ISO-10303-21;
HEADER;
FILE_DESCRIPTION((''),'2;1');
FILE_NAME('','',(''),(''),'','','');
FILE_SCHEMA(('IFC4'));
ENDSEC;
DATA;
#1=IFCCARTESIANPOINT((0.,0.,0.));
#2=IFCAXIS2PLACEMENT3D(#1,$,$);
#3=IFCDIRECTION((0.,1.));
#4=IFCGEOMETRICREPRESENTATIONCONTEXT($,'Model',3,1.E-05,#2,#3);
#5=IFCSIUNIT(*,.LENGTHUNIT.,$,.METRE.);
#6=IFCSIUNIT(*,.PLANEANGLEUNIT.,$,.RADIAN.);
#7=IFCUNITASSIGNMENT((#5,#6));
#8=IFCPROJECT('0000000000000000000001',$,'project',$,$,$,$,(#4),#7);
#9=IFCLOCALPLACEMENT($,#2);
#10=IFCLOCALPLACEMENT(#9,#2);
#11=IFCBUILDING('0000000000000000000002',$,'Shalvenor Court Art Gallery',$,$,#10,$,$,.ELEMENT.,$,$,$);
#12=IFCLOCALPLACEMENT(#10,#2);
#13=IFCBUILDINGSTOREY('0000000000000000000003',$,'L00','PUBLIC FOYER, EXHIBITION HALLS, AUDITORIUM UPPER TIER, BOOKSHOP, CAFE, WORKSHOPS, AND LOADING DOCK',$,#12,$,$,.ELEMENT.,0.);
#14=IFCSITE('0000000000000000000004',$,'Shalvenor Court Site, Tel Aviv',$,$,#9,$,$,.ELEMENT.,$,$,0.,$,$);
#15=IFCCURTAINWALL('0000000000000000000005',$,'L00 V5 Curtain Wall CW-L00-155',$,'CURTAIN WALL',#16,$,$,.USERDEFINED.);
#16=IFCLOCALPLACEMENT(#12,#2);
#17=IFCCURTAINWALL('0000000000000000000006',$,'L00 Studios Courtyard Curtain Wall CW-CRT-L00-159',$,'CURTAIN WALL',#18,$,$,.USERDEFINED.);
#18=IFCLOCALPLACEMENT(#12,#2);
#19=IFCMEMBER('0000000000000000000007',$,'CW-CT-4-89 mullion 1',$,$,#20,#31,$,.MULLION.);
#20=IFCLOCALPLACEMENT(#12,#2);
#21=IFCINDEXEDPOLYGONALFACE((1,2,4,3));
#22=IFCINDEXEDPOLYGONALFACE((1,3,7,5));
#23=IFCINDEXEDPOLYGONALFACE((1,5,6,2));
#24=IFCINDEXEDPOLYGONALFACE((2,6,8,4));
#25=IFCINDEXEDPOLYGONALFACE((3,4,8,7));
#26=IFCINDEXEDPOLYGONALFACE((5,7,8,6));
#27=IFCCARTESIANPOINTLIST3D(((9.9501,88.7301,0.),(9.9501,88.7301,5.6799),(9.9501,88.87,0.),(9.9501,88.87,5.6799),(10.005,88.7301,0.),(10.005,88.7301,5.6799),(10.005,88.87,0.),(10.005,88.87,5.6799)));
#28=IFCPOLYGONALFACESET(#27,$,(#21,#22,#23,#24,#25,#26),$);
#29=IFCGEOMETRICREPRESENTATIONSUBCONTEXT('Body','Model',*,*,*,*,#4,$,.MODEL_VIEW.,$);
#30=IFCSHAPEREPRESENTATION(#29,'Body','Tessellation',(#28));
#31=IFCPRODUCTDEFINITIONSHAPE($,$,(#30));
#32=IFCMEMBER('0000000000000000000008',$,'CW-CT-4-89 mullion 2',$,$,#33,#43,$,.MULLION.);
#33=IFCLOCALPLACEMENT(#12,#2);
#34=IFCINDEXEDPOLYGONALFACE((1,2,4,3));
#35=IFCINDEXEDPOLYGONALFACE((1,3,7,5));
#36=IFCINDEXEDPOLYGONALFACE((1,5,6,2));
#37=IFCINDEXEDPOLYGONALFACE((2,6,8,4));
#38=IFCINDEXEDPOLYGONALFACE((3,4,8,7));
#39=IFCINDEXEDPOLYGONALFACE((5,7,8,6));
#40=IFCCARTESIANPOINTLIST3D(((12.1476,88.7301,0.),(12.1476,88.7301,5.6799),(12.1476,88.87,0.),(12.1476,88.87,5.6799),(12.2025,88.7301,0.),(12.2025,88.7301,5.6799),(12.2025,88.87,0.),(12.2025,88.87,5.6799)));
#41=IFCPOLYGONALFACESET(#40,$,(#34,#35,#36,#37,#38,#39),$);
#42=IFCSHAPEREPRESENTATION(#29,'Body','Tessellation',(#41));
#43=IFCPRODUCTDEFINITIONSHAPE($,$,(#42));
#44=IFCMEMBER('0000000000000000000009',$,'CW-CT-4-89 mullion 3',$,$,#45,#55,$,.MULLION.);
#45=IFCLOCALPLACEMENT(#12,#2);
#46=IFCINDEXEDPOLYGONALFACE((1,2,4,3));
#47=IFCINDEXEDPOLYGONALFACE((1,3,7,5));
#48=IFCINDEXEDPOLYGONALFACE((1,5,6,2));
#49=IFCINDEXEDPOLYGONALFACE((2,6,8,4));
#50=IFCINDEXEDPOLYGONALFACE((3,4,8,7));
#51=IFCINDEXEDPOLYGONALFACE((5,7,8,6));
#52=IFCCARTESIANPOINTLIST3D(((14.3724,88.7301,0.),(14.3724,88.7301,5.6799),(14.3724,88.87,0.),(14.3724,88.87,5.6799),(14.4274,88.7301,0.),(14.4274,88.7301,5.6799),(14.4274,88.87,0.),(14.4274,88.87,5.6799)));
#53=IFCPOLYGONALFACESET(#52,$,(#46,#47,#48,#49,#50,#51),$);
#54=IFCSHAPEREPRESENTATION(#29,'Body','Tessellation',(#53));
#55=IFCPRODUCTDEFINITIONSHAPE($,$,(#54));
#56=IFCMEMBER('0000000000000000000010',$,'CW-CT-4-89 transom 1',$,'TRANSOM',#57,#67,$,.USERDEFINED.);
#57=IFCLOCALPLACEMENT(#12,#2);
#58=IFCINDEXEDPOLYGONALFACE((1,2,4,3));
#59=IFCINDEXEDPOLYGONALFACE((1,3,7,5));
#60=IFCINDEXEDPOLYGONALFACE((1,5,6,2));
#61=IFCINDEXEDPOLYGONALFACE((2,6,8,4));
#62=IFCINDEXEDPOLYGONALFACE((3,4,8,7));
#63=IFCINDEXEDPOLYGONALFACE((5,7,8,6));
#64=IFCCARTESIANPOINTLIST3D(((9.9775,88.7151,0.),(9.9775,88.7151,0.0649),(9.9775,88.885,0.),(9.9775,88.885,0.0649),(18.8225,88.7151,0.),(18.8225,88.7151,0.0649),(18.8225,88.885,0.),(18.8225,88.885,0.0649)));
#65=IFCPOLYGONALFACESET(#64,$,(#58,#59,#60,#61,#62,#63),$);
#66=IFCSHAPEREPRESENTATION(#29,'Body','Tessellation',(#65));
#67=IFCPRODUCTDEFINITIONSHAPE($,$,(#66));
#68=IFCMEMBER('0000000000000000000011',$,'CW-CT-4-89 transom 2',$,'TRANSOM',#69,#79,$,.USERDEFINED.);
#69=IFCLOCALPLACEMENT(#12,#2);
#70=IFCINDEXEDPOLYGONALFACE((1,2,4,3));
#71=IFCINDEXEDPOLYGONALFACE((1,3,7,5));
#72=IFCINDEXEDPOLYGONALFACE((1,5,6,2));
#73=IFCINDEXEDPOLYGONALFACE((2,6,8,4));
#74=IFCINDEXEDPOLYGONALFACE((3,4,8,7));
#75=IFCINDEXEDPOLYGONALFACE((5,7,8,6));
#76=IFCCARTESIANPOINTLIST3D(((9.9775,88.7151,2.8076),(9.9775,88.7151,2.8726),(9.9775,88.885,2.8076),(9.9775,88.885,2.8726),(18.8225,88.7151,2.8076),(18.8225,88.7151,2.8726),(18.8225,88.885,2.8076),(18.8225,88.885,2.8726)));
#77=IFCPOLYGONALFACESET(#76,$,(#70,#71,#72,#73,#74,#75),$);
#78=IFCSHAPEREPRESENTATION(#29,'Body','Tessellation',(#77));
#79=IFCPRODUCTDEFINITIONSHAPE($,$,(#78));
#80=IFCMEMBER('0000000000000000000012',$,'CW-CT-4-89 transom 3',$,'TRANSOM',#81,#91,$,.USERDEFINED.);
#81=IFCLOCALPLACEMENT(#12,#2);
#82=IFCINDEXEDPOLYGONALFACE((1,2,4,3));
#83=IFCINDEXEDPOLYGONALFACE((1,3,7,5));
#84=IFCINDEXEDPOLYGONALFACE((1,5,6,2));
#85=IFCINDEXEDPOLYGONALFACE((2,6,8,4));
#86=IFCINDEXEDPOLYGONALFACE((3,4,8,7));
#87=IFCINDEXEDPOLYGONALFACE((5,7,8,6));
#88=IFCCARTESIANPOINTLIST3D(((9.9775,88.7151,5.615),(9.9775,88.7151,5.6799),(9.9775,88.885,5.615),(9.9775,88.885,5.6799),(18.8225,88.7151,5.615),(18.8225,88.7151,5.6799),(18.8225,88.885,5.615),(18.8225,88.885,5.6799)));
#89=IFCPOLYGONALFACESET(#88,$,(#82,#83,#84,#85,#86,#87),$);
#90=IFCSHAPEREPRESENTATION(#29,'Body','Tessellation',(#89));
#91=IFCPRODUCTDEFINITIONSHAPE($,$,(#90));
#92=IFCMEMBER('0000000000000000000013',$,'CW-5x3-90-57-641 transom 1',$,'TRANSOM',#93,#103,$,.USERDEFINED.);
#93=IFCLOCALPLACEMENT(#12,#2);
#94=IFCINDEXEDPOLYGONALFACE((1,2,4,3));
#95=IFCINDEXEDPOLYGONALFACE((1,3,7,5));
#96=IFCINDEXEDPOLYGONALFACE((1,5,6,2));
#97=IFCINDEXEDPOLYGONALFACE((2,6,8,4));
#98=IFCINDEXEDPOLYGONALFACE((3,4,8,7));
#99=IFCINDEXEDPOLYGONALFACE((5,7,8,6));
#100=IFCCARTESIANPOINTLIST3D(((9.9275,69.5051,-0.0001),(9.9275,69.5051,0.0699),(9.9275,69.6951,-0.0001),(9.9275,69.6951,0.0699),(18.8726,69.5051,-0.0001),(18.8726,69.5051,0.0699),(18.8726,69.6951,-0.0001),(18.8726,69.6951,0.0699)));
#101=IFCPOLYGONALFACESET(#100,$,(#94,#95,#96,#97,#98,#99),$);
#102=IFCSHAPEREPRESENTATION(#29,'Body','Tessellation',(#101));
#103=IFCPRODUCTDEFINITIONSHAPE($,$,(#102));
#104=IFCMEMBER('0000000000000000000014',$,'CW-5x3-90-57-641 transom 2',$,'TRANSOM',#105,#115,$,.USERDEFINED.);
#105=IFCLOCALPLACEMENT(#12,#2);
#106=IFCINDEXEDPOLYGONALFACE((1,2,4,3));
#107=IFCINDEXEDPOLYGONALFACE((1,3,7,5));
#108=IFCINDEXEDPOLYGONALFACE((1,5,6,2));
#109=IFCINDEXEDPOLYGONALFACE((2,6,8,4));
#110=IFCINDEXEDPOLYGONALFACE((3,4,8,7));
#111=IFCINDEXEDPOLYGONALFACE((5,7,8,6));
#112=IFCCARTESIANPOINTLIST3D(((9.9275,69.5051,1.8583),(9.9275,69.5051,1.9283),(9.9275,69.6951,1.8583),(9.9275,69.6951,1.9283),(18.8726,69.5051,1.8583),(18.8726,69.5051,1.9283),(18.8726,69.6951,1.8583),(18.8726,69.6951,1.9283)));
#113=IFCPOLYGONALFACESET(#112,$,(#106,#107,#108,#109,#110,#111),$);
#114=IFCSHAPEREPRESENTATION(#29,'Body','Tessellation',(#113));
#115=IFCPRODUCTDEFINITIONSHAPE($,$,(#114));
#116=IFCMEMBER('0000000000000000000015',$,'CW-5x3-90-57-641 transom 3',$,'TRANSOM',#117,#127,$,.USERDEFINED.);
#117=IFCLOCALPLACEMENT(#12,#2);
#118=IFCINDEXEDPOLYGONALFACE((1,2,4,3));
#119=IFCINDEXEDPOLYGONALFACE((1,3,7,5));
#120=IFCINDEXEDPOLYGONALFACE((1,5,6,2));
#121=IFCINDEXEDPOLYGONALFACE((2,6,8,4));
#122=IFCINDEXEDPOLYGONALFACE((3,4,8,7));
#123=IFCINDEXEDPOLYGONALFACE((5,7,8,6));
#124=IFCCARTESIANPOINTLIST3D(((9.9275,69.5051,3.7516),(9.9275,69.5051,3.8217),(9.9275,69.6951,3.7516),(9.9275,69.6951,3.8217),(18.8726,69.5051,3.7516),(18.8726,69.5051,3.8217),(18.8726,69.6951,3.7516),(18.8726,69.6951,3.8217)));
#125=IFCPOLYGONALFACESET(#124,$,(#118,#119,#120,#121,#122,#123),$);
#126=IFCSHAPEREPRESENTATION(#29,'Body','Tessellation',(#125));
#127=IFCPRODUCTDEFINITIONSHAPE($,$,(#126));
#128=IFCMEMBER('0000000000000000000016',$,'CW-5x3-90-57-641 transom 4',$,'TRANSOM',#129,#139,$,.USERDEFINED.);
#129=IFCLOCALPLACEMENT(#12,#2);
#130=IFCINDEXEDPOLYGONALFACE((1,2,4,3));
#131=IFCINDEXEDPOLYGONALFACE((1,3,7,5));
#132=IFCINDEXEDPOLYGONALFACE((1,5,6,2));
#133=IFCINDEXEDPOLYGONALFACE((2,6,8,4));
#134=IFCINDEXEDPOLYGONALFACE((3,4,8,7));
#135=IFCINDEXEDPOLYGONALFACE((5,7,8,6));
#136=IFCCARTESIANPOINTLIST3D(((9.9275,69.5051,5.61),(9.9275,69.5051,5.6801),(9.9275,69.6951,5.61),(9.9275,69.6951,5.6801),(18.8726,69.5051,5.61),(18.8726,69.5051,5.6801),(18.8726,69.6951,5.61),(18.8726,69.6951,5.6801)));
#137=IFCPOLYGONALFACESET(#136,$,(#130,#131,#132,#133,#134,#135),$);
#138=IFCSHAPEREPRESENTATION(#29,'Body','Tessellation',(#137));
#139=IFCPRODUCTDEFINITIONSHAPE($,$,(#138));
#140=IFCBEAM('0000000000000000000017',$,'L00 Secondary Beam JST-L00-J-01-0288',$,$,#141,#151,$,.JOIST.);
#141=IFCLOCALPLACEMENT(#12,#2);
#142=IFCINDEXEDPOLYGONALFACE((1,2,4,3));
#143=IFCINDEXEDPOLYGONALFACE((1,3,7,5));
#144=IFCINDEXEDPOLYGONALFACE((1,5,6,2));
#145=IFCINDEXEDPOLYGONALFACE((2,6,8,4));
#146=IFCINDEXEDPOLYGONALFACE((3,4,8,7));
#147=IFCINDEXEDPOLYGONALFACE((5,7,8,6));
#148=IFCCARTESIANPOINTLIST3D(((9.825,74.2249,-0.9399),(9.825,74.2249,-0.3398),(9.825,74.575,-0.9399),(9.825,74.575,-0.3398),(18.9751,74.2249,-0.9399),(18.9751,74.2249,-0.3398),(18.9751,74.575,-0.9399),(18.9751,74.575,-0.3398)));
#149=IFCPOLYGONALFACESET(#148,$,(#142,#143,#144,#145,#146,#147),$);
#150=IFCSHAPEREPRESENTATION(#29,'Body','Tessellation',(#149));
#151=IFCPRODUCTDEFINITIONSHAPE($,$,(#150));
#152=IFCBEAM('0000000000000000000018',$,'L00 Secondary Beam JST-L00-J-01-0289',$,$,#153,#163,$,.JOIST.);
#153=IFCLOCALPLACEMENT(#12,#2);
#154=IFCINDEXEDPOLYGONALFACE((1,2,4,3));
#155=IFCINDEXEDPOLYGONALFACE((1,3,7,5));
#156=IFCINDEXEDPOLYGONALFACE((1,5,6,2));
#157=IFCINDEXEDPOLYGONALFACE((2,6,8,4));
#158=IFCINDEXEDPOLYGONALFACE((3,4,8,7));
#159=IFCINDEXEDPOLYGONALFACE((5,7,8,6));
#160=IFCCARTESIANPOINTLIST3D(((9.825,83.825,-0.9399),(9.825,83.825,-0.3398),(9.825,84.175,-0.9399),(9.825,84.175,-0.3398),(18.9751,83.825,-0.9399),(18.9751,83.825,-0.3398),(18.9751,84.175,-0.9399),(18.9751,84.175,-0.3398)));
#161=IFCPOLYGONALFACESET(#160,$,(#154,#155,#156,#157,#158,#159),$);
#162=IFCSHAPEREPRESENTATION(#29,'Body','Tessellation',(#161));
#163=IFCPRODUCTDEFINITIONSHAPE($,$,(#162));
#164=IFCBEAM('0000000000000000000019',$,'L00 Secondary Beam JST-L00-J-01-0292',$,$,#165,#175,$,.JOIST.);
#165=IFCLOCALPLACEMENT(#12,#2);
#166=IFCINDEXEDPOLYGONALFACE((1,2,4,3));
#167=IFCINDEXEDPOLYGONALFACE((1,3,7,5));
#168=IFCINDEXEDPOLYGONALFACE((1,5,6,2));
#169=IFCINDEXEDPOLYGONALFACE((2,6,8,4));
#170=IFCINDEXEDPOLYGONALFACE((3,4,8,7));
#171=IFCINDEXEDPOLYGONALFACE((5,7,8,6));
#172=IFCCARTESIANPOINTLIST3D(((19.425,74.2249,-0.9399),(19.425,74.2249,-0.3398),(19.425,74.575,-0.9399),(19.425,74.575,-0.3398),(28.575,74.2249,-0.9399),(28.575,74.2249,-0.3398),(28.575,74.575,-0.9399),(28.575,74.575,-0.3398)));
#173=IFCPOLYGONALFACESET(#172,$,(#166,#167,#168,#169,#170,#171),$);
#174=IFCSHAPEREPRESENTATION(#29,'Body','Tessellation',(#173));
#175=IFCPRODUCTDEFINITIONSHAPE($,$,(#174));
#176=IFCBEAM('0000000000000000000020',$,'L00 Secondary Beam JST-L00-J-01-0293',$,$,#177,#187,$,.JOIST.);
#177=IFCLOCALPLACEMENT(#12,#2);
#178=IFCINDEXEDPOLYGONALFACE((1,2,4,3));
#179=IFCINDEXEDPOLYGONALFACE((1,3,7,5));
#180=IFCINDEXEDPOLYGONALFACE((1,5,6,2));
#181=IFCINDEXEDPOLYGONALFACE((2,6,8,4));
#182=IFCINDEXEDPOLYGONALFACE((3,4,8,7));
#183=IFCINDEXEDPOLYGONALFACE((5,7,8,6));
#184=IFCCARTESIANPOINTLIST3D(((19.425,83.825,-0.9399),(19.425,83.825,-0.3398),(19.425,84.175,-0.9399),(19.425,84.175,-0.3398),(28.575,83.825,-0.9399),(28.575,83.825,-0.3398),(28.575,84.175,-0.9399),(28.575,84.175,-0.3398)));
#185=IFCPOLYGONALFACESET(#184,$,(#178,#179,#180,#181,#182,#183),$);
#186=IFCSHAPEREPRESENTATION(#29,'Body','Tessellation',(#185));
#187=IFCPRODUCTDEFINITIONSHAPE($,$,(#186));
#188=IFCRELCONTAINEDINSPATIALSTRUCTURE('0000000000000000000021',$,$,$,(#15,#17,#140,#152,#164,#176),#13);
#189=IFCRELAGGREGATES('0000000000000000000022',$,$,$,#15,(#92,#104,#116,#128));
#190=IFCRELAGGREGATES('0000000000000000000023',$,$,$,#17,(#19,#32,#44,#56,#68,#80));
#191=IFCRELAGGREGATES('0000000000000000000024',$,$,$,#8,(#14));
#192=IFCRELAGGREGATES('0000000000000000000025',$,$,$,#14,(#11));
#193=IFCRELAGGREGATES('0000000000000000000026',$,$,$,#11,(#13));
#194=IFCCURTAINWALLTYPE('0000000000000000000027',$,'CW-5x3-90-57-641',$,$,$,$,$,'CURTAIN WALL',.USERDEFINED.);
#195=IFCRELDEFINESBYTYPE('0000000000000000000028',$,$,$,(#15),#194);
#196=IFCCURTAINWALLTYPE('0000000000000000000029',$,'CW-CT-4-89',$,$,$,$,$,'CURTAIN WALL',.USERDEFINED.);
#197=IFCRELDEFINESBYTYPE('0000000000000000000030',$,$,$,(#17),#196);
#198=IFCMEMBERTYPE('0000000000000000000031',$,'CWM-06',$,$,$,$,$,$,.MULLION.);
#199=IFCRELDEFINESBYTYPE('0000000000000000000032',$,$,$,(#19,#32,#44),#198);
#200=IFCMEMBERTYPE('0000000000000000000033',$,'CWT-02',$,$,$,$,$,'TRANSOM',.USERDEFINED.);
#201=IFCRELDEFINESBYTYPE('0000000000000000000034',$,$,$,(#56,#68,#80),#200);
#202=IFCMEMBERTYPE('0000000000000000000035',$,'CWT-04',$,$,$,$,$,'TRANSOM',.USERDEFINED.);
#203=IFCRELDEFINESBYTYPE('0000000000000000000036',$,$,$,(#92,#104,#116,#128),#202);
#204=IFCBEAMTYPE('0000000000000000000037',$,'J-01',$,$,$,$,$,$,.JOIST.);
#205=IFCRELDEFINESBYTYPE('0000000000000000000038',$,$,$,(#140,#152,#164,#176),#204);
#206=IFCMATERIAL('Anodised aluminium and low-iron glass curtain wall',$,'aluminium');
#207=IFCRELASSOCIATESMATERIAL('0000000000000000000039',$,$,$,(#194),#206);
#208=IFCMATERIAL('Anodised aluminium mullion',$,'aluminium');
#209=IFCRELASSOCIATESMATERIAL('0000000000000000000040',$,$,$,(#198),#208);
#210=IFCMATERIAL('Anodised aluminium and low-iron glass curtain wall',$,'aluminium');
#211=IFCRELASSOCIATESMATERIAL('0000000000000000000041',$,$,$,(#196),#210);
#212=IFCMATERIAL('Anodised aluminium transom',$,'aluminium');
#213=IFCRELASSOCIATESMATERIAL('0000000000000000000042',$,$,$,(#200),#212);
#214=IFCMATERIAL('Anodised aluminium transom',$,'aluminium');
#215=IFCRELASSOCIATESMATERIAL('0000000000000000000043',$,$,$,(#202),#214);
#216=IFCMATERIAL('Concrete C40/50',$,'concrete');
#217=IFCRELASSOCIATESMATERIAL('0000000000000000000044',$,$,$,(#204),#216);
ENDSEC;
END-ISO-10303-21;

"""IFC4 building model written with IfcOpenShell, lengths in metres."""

from ifc_helpers import new_model, si_unit, direction, frame, origin, origin_2d, place, context, subcontext, project, spatial, rectangle, extrude, material, material_profile, profile_set, type_object, element, aggregate, save


model = new_model("IFC4")

# Units and contexts
model_context = context("Model", 3, precision=1e-05, world=origin(), true_north=direction((0.0, 1.0)))
body_context = subcontext(model_context, "Body", "Model", "MODEL_VIEW")
ifc_project = project(units=[si_unit("LENGTHUNIT", "METRE"), si_unit("PLANEANGLEUNIT", "RADIAN")], contexts=[model_context])

# Site, building, storey
site_placement = place(None, origin())
site = spatial("IfcSite", under=ifc_project, at=site_placement, Name="Shalvenor Court Site, Tel Aviv", CompositionType="ELEMENT", RefElevation=0.0)
building_placement = place(site_placement, origin())
building = spatial("IfcBuilding", under=site, at=building_placement, Name="Shalvenor Court Art Gallery", CompositionType="ELEMENT")
storey_placement = place(building_placement, origin())
storey = spatial("IfcBuildingStorey", under=building, at=storey_placement, Name="L00", Description="PUBLIC FOYER, EXHIBITION HALLS, AUDITORIUM UPPER TIER, BOOKSHOP, CAFE, WORKSHOPS, AND LOADING DOCK", CompositionType="ELEMENT", Elevation=0.0)

# Curtain wall
ifc_material_1 = material(Name="Anodised aluminium and low-iron glass curtain wall", Category="aluminium")
curtain_wall_type_1 = type_object("IfcCurtainWallType", Name="CW-5x3-90-57-641", ElementType="CURTAIN WALL", PredefinedType="USERDEFINED", material=ifc_material_1)
curtain_wall_1_placement = place(storey_placement, origin())
curtain_wall_1 = element("IfcCurtainWall", 1, at=curtain_wall_1_placement, inside=storey, type_object=curtain_wall_type_1, Name="L00 V5 Curtain Wall CW-L00-155", ObjectType="CURTAIN WALL", PredefinedType="USERDEFINED")
ifc_material_2 = material(Name="Anodised aluminium mullion", Category="aluminium")
ifc_material_profile_1 = material_profile(ifc_material_2, rectangle(XDim=0.0549, YDim=0.1399, at=origin_2d()), Name="CWM-06")
ifc_profile_set_1 = profile_set([ifc_material_profile_1], Name="Anodised aluminium mullion")
member_type_1 = type_object("IfcMemberType", Name="CWM-06", PredefinedType="MULLION", material=ifc_profile_set_1)

# Curtain wall, members
ifc_material_3 = material(Name="Anodised aluminium and low-iron glass curtain wall", Category="aluminium")
curtain_wall_type_2 = type_object("IfcCurtainWallType", Name="CW-CT-4-89", ElementType="CURTAIN WALL", PredefinedType="USERDEFINED", material=ifc_material_3)
curtain_wall_2_placement = place(storey_placement, origin())
curtain_wall_2 = element("IfcCurtainWall", 2, at=curtain_wall_2_placement, inside=storey, type_object=curtain_wall_type_2, Name="L00 Studios Courtyard Curtain Wall CW-CRT-L00-159", ObjectType="CURTAIN WALL", PredefinedType="USERDEFINED")
member_1_placement = place(storey_placement, frame((9.9775, 88.8, 0.0), z_axis=(0.0, 0.0, 1.0), x_axis=(1.0, 0.0, 0.0)))
member_1 = element("IfcMember", 3, at=member_1_placement, type_object=member_type_1, Name="CW-CT-4-89 mullion 1", PredefinedType="MULLION", context=body_context, shape_type="SweptSolid", body=[
    extrude(rectangle(XDim=0.0549, YDim=0.1399, at=origin_2d()), origin(), (0.0, 0.0, 1.0), 5.6799),
])
member_2_placement = place(storey_placement, frame((12.175, 88.8, 0.0), z_axis=(0.0, 0.0, 1.0), x_axis=(1.0, 0.0, 0.0)))
member_2 = element("IfcMember", 4, at=member_2_placement, type_object=member_type_1, Name="CW-CT-4-89 mullion 2", PredefinedType="MULLION", context=body_context, shape_type="SweptSolid", body=[
    extrude(rectangle(XDim=0.0549, YDim=0.1399, at=origin_2d()), origin(), (0.0, 0.0, 1.0), 5.6799),
])
member_3_placement = place(storey_placement, frame((14.3999, 88.8, 0.0), z_axis=(0.0, 0.0, 1.0), x_axis=(1.0, 0.0, 0.0)))
member_3 = element("IfcMember", 5, at=member_3_placement, type_object=member_type_1, Name="CW-CT-4-89 mullion 3", PredefinedType="MULLION", context=body_context, shape_type="SweptSolid", body=[
    extrude(rectangle(XDim=0.0549, YDim=0.1399, at=origin_2d()), origin(), (0.0, 0.0, 1.0), 5.6799),
])
ifc_material_4 = material(Name="Anodised aluminium transom", Category="aluminium")
ifc_material_profile_2 = material_profile(ifc_material_4, rectangle(XDim=0.1699, YDim=0.0649, at=origin_2d()), Name="CWT-02")
ifc_profile_set_2 = profile_set([ifc_material_profile_2], Name="Anodised aluminium transom")
member_type_2 = type_object("IfcMemberType", Name="CWT-02", ElementType="TRANSOM", PredefinedType="USERDEFINED", material=ifc_profile_set_2)
member_4_placement = place(storey_placement, frame((9.9775, 88.8, 0.0325), z_axis=(1.0, 0.0, 0.0), x_axis=(0.0, 1.0, 0.0)))
member_4 = element("IfcMember", 6, at=member_4_placement, type_object=member_type_2, Name="CW-CT-4-89 transom 1", ObjectType="TRANSOM", PredefinedType="USERDEFINED", context=body_context, shape_type="SweptSolid", body=[
    extrude(rectangle(XDim=0.1699, YDim=0.0649, at=origin_2d()), origin(), (0.0, 0.0, 1.0), 8.845),
])
member_5_placement = place(storey_placement, frame((9.9775, 88.8, 2.8401), z_axis=(1.0, 0.0, 0.0), x_axis=(0.0, 1.0, 0.0)))
member_5 = element("IfcMember", 7, at=member_5_placement, type_object=member_type_2, Name="CW-CT-4-89 transom 2", ObjectType="TRANSOM", PredefinedType="USERDEFINED", context=body_context, shape_type="SweptSolid", body=[
    extrude(rectangle(XDim=0.1699, YDim=0.0649, at=origin_2d()), origin(), (0.0, 0.0, 1.0), 8.845),
])
member_6_placement = place(storey_placement, frame((9.9775, 88.8, 5.6475), z_axis=(1.0, 0.0, 0.0), x_axis=(0.0, 1.0, 0.0)))
member_6 = element("IfcMember", 8, at=member_6_placement, type_object=member_type_2, Name="CW-CT-4-89 transom 3", ObjectType="TRANSOM", PredefinedType="USERDEFINED", context=body_context, shape_type="SweptSolid", body=[
    extrude(rectangle(XDim=0.1699, YDim=0.0649, at=origin_2d()), origin(), (0.0, 0.0, 1.0), 8.845),
])

# Members
ifc_material_5 = material(Name="Anodised aluminium transom", Category="aluminium")
ifc_material_profile_3 = material_profile(ifc_material_5, rectangle(XDim=0.1899, YDim=0.0701, at=origin_2d()), Name="CWT-04")
ifc_profile_set_3 = profile_set([ifc_material_profile_3], Name="Anodised aluminium transom")
member_type_3 = type_object("IfcMemberType", Name="CWT-04", ElementType="TRANSOM", PredefinedType="USERDEFINED", material=ifc_profile_set_3)
member_7_placement = place(storey_placement, frame((18.8726, 69.6001, 0.0349), z_axis=(-1.0, 0.0, 0.0), x_axis=(0.0, -1.0, 0.0)))
member_7 = element("IfcMember", 9, at=member_7_placement, type_object=member_type_3, Name="CW-5x3-90-57-641 transom 1", ObjectType="TRANSOM", PredefinedType="USERDEFINED", context=body_context, shape_type="SweptSolid", body=[
    extrude(rectangle(XDim=0.1899, YDim=0.0701, at=origin_2d()), origin(), (0.0, 0.0, 1.0), 8.9451),
])
member_8_placement = place(storey_placement, frame((18.8726, 69.6001, 1.8933), z_axis=(-1.0, 0.0, 0.0), x_axis=(0.0, -1.0, 0.0)))
member_8 = element("IfcMember", 10, at=member_8_placement, type_object=member_type_3, Name="CW-5x3-90-57-641 transom 2", ObjectType="TRANSOM", PredefinedType="USERDEFINED", context=body_context, shape_type="SweptSolid", body=[
    extrude(rectangle(XDim=0.1899, YDim=0.0701, at=origin_2d()), origin(), (0.0, 0.0, 1.0), 8.9451),
])
member_9_placement = place(storey_placement, frame((18.8726, 69.6001, 3.7866), z_axis=(-1.0, 0.0, 0.0), x_axis=(0.0, -1.0, 0.0)))
member_9 = element("IfcMember", 11, at=member_9_placement, type_object=member_type_3, Name="CW-5x3-90-57-641 transom 3", ObjectType="TRANSOM", PredefinedType="USERDEFINED", context=body_context, shape_type="SweptSolid", body=[
    extrude(rectangle(XDim=0.1899, YDim=0.0701, at=origin_2d()), origin(), (0.0, 0.0, 1.0), 8.9451),
])
member_10_placement = place(storey_placement, frame((18.8726, 69.6001, 5.645), z_axis=(-1.0, 0.0, 0.0), x_axis=(0.0, -1.0, 0.0)))
member_10 = element("IfcMember", 12, at=member_10_placement, type_object=member_type_3, Name="CW-5x3-90-57-641 transom 4", ObjectType="TRANSOM", PredefinedType="USERDEFINED", context=body_context, shape_type="SweptSolid", body=[
    extrude(rectangle(XDim=0.1899, YDim=0.0701, at=origin_2d()), origin(), (0.0, 0.0, 1.0), 8.9451),
])

# Beams
ifc_material_6 = material(Name="Concrete C40/50", Category="concrete")
ifc_material_profile_4 = material_profile(ifc_material_6, rectangle(XDim=0.3501, YDim=0.6001, at=origin_2d()), Name="RC 350x600")
ifc_profile_set_4 = profile_set([ifc_material_profile_4], Name="Concrete C40/50")
beam_type_1 = type_object("IfcBeamType", Name="J-01", PredefinedType="JOIST", material=ifc_profile_set_4)
for number, where, z_axis, x_axis, name in (
    (13, (9.825, 74.3999, -0.6399), (1.0, 0.0, 0.0), (0.0, 1.0, 0.0), "L00 Secondary Beam JST-L00-J-01-0288"),
    (14, (9.825, 84.0, -0.6399), (1.0, 0.0, 0.0), (0.0, 1.0, 0.0), "L00 Secondary Beam JST-L00-J-01-0289"),
):
    element("IfcBeam", number, at=place(storey_placement, frame(where, z_axis=z_axis, x_axis=x_axis)), inside=storey, type_object=beam_type_1, Name=name, PredefinedType="JOIST", context=body_context, shape_type="SweptSolid", body=[
        extrude(rectangle(XDim=0.3501, YDim=0.6001, at=origin_2d()), origin(), (0.0, 0.0, 1.0), 9.1501),
    ])
for number, where, z_axis, x_axis, name in (
    (15, (19.425, 74.3999, -0.6399), (1.0, 0.0, 0.0), (0.0, 1.0, 0.0), "L00 Secondary Beam JST-L00-J-01-0292"),
    (16, (19.425, 84.0, -0.6399), (1.0, 0.0, 0.0), (0.0, 1.0, 0.0), "L00 Secondary Beam JST-L00-J-01-0293"),
):
    element("IfcBeam", number, at=place(storey_placement, frame(where, z_axis=z_axis, x_axis=x_axis)), inside=storey, type_object=beam_type_1, Name=name, PredefinedType="JOIST", context=body_context, shape_type="SweptSolid", body=[
        extrude(rectangle(XDim=0.3501, YDim=0.6001, at=origin_2d()), origin(), (0.0, 0.0, 1.0), 9.1499),
    ])

aggregate(curtain_wall_1, [member_7, member_8, member_9, member_10])
aggregate(curtain_wall_2, [member_1, member_2, member_3, member_4, member_5, member_6])

save(model, "model.ifc")
